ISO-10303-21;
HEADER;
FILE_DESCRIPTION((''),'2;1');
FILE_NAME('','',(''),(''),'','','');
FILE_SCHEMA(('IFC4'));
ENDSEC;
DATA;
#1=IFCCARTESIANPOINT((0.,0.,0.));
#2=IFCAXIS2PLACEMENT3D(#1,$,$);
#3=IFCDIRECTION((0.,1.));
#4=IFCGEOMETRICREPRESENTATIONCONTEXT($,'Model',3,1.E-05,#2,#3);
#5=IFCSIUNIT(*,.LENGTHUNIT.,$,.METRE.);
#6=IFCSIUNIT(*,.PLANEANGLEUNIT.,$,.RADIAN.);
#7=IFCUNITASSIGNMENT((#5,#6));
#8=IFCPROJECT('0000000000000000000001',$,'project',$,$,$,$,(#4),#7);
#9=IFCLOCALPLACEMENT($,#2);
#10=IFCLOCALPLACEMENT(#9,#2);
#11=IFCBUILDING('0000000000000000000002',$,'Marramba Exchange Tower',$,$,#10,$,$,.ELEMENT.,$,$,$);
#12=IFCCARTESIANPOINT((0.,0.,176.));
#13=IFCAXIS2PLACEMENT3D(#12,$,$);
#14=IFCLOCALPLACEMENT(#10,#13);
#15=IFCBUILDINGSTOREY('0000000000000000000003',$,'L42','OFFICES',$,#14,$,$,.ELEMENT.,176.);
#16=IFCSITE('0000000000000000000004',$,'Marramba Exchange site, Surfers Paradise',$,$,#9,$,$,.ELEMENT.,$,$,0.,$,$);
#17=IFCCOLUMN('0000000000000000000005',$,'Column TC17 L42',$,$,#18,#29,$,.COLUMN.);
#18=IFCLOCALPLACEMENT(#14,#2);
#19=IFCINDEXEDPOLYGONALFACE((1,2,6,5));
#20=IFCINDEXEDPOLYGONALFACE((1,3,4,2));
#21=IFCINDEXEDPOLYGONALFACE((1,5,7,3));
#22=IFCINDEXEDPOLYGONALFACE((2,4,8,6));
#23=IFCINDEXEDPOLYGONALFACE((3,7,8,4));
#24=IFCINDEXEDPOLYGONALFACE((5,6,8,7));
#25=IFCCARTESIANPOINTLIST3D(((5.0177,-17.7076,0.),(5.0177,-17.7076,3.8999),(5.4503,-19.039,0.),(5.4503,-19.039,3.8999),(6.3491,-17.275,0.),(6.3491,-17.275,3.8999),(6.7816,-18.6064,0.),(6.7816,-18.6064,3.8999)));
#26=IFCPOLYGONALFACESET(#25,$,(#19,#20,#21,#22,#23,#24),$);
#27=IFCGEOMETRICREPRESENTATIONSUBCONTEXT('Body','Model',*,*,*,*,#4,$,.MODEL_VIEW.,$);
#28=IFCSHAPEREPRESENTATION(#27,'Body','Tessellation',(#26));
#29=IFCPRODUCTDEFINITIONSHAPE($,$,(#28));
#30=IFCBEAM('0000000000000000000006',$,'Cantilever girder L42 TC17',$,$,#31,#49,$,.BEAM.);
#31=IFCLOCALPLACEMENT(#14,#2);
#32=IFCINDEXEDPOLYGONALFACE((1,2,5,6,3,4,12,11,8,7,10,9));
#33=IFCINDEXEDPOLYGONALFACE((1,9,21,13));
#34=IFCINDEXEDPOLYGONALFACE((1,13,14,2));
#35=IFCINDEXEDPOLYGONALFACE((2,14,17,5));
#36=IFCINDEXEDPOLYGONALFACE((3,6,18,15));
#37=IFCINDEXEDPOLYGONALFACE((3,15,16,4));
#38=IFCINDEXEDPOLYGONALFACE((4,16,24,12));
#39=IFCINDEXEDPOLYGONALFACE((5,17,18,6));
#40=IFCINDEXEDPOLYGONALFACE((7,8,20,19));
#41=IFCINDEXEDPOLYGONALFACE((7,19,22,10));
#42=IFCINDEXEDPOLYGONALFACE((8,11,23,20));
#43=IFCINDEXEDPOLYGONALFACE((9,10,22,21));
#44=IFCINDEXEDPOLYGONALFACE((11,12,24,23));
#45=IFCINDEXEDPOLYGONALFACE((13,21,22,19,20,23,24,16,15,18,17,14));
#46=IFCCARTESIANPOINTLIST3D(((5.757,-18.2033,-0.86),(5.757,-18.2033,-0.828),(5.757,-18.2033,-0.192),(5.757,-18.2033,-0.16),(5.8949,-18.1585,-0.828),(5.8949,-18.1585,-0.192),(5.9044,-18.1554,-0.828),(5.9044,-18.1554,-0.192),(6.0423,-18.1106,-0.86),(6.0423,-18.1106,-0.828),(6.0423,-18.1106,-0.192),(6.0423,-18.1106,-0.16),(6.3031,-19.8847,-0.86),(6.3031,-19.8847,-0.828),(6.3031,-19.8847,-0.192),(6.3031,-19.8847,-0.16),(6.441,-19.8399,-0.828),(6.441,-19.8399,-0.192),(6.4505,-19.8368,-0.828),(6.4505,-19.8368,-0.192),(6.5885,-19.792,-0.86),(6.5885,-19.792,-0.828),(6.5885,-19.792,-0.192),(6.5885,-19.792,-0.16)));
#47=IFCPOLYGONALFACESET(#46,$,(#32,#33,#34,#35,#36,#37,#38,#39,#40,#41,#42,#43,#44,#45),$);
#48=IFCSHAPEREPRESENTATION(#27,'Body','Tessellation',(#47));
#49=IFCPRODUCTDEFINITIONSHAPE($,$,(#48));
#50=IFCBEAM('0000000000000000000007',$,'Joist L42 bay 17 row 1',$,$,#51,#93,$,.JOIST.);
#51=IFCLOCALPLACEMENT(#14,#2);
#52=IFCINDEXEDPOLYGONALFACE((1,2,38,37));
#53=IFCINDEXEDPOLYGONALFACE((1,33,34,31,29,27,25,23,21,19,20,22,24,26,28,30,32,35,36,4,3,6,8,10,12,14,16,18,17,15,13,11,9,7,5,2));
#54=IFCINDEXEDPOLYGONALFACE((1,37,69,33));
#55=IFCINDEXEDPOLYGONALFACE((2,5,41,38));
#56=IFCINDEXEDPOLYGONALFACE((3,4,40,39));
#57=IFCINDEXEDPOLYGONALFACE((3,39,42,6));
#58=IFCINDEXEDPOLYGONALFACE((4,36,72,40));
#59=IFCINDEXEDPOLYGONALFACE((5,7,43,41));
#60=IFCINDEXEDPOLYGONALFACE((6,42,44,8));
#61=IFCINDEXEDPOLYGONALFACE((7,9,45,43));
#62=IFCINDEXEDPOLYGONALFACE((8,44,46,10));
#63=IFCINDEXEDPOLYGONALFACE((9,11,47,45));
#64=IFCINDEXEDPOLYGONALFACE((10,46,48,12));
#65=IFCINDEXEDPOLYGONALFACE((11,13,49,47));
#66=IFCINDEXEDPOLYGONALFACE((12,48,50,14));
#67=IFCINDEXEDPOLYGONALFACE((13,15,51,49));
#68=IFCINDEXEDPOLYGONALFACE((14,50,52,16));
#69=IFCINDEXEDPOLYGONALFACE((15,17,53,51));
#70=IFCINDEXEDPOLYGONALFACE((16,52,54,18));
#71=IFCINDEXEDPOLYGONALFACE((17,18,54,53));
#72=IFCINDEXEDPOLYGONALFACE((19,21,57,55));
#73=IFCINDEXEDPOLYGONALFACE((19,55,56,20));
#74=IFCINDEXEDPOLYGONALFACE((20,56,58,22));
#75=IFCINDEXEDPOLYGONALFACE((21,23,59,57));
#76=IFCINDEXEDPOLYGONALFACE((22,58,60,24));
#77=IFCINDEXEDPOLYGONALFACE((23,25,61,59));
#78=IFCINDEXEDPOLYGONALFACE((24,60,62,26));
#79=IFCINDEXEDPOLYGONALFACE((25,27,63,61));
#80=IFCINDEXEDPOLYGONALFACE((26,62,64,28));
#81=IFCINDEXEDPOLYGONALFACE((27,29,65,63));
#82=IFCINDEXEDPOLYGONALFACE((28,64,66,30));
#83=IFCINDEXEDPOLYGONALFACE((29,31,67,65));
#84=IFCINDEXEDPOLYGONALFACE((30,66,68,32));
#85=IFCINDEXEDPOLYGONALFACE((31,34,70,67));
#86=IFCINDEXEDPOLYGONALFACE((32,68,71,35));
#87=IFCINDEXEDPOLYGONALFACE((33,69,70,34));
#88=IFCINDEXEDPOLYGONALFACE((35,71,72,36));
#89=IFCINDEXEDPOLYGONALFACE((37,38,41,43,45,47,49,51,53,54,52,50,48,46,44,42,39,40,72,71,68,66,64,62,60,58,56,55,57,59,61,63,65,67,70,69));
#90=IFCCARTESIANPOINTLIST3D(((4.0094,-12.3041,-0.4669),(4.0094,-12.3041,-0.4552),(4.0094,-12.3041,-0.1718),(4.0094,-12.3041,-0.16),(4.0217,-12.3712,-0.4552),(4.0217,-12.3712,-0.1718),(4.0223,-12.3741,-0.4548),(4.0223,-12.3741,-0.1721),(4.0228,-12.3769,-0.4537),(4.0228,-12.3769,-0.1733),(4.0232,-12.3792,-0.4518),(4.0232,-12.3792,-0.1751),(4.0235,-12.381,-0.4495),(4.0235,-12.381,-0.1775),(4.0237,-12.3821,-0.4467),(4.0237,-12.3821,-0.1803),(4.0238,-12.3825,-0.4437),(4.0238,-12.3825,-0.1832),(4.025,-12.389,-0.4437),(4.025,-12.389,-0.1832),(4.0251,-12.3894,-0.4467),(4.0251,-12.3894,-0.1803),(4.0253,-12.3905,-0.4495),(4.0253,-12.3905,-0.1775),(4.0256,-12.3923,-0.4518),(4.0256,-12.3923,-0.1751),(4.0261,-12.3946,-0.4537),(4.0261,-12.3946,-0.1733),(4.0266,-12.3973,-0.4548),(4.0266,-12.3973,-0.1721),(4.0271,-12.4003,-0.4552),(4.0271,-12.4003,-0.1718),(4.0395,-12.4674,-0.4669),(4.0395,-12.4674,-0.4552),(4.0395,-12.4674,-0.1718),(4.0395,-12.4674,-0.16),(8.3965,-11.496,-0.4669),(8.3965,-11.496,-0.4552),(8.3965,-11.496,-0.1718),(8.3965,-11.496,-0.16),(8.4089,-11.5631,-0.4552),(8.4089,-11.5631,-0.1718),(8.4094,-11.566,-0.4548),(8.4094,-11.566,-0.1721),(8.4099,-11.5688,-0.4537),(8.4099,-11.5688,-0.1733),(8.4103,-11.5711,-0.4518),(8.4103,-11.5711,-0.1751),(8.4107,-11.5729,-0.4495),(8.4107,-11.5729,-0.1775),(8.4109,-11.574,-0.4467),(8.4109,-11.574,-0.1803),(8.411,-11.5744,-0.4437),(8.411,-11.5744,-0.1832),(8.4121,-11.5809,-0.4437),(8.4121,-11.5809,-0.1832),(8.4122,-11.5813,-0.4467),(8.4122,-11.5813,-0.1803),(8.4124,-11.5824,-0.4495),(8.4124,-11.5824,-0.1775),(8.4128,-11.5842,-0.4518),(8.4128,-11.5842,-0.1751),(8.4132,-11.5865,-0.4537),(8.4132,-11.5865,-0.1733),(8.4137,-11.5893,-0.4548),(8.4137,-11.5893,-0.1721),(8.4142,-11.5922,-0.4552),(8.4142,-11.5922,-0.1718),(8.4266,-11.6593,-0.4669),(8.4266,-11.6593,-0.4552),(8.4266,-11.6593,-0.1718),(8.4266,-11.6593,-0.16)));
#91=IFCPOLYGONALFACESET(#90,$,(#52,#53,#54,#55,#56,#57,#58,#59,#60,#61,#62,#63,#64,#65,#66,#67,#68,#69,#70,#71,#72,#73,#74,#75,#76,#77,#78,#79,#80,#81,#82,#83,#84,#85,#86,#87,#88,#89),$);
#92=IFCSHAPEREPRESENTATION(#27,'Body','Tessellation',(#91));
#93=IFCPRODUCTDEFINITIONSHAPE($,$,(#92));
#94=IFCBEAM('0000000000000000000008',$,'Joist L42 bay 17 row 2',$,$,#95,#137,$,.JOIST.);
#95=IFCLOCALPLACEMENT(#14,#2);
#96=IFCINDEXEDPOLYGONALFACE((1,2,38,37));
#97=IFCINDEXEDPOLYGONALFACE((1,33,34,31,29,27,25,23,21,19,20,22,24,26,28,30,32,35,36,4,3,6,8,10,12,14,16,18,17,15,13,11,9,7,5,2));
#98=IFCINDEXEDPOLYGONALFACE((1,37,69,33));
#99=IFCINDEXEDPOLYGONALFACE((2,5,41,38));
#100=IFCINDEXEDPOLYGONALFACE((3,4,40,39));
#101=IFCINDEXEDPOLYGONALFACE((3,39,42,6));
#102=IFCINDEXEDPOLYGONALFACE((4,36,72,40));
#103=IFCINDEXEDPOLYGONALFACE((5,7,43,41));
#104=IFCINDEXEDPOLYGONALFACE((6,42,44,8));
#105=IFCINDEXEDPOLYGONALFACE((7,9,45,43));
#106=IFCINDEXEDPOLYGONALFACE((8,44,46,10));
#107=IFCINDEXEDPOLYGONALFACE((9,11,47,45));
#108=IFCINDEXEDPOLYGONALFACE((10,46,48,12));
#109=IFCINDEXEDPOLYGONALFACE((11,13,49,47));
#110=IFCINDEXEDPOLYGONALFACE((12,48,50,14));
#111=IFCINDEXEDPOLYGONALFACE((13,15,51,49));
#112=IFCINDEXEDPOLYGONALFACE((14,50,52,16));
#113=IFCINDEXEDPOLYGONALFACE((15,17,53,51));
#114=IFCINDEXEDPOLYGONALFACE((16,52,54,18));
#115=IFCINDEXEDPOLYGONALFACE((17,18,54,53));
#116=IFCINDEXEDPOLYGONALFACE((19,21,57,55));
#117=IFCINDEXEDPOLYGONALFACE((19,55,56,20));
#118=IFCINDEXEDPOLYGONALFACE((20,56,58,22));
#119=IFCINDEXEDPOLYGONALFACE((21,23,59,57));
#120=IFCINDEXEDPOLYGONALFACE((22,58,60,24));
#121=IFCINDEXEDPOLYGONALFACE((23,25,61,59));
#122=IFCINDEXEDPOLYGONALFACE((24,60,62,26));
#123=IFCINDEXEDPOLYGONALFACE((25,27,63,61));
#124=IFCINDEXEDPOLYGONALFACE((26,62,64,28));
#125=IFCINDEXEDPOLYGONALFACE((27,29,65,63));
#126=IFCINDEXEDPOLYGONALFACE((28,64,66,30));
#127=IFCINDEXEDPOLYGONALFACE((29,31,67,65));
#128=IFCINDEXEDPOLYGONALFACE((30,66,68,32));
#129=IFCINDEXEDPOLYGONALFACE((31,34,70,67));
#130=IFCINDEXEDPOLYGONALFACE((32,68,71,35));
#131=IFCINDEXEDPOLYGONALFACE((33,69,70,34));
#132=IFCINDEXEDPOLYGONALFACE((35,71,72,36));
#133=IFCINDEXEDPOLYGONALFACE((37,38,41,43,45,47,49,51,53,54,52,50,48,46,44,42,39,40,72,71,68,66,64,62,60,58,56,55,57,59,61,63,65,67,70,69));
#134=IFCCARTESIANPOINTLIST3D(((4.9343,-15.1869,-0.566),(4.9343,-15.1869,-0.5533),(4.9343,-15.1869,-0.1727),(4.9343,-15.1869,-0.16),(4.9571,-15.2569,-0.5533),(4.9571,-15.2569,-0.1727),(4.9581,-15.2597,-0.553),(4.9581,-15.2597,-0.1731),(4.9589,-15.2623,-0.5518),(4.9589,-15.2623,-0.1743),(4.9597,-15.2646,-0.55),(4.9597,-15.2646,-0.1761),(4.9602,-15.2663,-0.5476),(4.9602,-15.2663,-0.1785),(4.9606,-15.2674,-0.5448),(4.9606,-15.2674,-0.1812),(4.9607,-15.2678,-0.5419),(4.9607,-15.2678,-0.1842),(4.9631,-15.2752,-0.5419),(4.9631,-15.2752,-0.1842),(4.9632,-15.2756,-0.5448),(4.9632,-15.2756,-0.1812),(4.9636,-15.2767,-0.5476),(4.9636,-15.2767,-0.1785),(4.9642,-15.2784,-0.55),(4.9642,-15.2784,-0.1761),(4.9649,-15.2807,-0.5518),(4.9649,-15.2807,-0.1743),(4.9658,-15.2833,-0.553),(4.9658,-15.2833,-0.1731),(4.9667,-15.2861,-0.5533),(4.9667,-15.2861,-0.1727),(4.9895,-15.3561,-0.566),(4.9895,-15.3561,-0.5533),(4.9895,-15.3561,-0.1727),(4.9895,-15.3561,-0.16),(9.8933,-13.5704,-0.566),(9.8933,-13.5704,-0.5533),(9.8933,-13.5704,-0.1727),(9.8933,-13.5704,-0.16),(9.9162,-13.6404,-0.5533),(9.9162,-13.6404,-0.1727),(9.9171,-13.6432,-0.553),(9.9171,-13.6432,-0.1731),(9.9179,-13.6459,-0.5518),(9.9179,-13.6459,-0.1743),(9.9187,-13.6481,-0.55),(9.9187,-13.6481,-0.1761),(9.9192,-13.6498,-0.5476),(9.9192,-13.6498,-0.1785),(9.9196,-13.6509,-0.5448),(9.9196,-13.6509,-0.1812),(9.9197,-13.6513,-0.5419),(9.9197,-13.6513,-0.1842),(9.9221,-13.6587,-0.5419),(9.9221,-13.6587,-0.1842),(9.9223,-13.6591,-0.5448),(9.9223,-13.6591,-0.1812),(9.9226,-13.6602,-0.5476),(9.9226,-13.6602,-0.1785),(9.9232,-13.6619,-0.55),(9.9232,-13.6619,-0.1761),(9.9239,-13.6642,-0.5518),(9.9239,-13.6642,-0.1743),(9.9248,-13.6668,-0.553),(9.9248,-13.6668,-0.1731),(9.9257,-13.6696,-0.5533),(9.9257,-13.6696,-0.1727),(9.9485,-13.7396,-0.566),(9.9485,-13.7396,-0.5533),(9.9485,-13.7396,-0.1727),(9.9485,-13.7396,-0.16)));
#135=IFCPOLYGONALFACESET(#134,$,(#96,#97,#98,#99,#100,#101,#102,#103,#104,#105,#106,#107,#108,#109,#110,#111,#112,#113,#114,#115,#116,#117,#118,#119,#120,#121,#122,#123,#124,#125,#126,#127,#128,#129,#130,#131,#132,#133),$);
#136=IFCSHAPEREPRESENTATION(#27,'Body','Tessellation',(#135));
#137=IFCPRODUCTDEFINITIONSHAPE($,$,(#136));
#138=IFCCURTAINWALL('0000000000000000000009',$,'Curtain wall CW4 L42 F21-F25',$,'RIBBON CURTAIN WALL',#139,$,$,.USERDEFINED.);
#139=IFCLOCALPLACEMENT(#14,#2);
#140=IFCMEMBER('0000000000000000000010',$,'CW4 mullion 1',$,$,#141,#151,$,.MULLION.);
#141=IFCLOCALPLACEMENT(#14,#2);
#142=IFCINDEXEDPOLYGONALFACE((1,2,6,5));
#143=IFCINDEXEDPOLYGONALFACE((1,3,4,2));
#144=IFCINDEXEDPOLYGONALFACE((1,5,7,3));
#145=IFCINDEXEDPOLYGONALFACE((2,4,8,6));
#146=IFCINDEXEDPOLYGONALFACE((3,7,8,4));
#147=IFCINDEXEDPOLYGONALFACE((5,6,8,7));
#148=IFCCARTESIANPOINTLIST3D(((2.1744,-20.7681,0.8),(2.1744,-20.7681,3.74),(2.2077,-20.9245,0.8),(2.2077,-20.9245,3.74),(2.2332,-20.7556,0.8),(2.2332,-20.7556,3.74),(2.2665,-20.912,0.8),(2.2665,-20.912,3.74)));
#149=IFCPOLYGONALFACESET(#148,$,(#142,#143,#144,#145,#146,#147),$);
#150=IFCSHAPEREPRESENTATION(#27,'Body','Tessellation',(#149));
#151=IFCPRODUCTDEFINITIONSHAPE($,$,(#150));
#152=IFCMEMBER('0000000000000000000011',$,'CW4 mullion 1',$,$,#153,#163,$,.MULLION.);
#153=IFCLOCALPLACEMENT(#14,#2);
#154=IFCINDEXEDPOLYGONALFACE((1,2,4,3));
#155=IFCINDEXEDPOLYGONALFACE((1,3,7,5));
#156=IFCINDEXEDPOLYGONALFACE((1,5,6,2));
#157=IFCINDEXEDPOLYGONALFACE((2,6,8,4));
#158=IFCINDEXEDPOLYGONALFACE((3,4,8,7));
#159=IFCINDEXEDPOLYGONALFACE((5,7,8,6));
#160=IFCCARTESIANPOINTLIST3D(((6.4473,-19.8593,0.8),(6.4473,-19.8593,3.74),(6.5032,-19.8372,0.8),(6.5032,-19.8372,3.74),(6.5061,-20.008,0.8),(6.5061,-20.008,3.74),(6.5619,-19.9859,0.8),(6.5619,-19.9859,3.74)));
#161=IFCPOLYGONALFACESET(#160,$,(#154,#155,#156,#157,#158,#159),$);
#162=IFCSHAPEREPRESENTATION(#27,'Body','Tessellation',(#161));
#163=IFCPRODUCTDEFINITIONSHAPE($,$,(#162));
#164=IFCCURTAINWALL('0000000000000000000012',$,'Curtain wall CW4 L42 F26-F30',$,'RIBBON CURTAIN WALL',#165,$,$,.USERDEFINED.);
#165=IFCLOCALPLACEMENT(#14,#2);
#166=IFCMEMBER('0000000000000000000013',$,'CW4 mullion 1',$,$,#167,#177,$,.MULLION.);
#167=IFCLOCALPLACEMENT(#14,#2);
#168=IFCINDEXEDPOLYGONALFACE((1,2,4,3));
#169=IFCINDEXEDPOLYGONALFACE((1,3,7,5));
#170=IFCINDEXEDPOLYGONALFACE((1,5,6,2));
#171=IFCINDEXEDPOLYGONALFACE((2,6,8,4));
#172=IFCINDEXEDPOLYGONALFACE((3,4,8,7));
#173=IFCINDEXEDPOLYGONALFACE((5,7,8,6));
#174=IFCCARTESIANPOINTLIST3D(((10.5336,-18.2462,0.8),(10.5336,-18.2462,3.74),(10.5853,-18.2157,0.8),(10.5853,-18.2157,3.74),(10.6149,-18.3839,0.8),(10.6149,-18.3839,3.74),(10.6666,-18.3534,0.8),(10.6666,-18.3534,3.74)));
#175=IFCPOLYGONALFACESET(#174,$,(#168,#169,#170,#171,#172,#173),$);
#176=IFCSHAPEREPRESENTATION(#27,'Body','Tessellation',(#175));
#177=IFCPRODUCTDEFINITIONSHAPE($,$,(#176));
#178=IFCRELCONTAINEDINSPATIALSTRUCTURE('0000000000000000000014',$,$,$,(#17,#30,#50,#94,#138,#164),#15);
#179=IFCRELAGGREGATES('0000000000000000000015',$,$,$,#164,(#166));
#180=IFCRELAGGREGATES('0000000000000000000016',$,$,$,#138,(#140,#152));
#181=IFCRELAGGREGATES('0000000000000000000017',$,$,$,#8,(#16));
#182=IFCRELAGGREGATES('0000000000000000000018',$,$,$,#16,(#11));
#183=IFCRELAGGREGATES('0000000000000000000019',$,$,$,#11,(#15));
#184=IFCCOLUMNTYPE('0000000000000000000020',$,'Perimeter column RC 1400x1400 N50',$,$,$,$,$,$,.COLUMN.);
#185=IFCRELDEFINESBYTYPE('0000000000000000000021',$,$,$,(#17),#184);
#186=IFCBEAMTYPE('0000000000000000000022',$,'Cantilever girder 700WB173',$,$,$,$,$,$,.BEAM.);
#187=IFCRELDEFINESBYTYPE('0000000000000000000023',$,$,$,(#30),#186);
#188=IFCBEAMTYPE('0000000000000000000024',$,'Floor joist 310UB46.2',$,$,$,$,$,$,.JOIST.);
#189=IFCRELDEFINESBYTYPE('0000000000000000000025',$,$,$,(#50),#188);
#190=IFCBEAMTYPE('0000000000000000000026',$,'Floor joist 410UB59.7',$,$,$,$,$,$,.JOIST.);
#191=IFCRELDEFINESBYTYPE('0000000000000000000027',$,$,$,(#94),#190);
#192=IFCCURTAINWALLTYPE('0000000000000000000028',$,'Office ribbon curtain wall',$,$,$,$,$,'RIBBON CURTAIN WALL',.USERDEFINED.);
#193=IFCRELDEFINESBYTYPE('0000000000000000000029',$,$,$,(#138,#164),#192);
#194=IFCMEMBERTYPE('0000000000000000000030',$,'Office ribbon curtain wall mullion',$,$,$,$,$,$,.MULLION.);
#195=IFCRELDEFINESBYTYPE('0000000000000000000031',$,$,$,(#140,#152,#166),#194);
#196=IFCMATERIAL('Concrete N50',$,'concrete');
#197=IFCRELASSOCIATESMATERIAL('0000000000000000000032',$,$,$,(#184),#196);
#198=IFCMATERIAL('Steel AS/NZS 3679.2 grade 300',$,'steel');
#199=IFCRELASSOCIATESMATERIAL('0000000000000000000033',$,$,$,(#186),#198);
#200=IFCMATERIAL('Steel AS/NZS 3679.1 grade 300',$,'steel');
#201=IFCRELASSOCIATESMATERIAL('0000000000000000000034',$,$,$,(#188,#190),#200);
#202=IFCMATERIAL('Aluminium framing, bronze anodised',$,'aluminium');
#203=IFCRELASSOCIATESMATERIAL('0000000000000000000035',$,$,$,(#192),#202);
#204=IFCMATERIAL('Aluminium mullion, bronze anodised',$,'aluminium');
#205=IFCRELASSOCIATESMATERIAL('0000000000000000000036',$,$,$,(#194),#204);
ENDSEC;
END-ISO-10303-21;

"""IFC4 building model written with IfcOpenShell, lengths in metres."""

from ifc_helpers import new_model, si_unit, direction, frame, origin, origin_2d, place, context, subcontext, project, spatial, rectangle, i_section, extrude, material, material_profile, profile_set, type_object, element, aggregate, save


model = new_model("IFC4")

# Units and contexts
model_context = context("Model", 3, precision=1e-05, world=origin(), true_north=direction((0.0, 1.0)))
body_context = subcontext(model_context, "Body", "Model", "MODEL_VIEW")
ifc_project = project(units=[si_unit("LENGTHUNIT", "METRE"), si_unit("PLANEANGLEUNIT", "RADIAN")], contexts=[model_context])

# Site, building, storey
site_placement = place(None, origin())
site = spatial("IfcSite", under=ifc_project, at=site_placement, Name="Marramba Exchange site, Surfers Paradise", CompositionType="ELEMENT", RefElevation=0.0)
building_placement = place(site_placement, origin())
building = spatial("IfcBuilding", under=site, at=building_placement, Name="Marramba Exchange Tower", CompositionType="ELEMENT")
storey_placement = place(building_placement, frame((0.0, 0.0, 176.0)))
storey = spatial("IfcBuildingStorey", under=building, at=storey_placement, Name="L42", Description="OFFICES", CompositionType="ELEMENT", Elevation=176.0)

# Column
ifc_material_1 = material(Name="Concrete N50", Category="concrete")
ifc_material_profile_1 = material_profile(ifc_material_1, rectangle(XDim=1.3999, YDim=1.3999, at=origin_2d()), Name="RC 1400x1400")
ifc_profile_set_1 = profile_set([ifc_material_profile_1], Name="Concrete N50")
column_type = type_object("IfcColumnType", Name="Perimeter column RC 1400x1400 N50", PredefinedType="COLUMN", material=ifc_profile_set_1)
column_placement = place(storey_placement, frame((5.8997, -18.157, 0.0), z_axis=(0.0, 0.0, 1.0), x_axis=(0.309017, -0.951057, 0.0)))
element("IfcColumn", 1, at=column_placement, inside=storey, type_object=column_type, Name="Column TC17 L42", PredefinedType="COLUMN", context=body_context, shape_type="SweptSolid", body=[
    extrude(rectangle(XDim=1.3999, YDim=1.3999, at=origin_2d()), origin(), (0.0, 0.0, 1.0), 3.8999),
])

# Beams
ifc_material_2 = material(Name="Steel AS/NZS 3679.2 grade 300", Category="steel")
ifc_material_profile_2 = material_profile(ifc_material_2, i_section(OverallWidth=0.3, OverallDepth=0.7, WebThickness=0.01, FlangeThickness=0.032, at=origin_2d()), Name="700WB173")
ifc_profile_set_2 = profile_set([ifc_material_profile_2], Name="Steel AS/NZS 3679.2 grade 300")
beam_type_1 = type_object("IfcBeamType", Name="Cantilever girder 700WB173", PredefinedType="BEAM", material=ifc_profile_set_2)
beam_1_placement = place(storey_placement, frame((5.8997, -18.157, -0.51), z_axis=(0.308927, -0.951086, 0.0), x_axis=(0.951086, 0.308927, 0.0)))
element("IfcBeam", 2, at=beam_1_placement, inside=storey, type_object=beam_type_1, Name="Cantilever girder L42 TC17", PredefinedType="BEAM", context=body_context, shape_type="SweptSolid", body=[
    extrude(i_section(OverallWidth=0.3, OverallDepth=0.7, WebThickness=0.01, FlangeThickness=0.032, at=origin_2d()), origin(), (0.0, 0.0, 1.0), 1.7678),
])
ifc_material_3 = material(Name="Steel AS/NZS 3679.1 grade 300", Category="steel")
ifc_material_profile_3 = material_profile(ifc_material_3, i_section(OverallWidth=0.166, OverallDepth=0.3069, WebThickness=0.0066, FlangeThickness=0.0117, FilletRadius=0.0115, at=origin_2d()), Name="310UB46.2")
ifc_profile_set_3 = profile_set([ifc_material_profile_3], Name="Steel AS/NZS 3679.1 grade 300")
beam_type_2 = type_object("IfcBeamType", Name="Floor joist 310UB46.2", PredefinedType="JOIST", material=ifc_profile_set_3)
beam_2_placement = place(storey_placement, frame((4.0244, -12.3857, -0.3135), z_axis=(0.983456, 0.181149, 0.0), x_axis=(-0.181149, 0.983456, 0.0)))
element("IfcBeam", 3, at=beam_2_placement, inside=storey, type_object=beam_type_2, Name="Joist L42 bay 17 row 1", PredefinedType="JOIST", context=body_context, shape_type="SweptSolid", body=[
    extrude(i_section(OverallWidth=0.166, OverallDepth=0.3069, WebThickness=0.0066, FlangeThickness=0.0117, FilletRadius=0.0115, at=origin_2d()), origin(), (0.0, 0.0, 1.0), 4.4609),
])
ifc_material_profile_4 = material_profile(ifc_material_3, i_section(OverallWidth=0.178, OverallDepth=0.406, WebThickness=0.0078, FlangeThickness=0.0127, FilletRadius=0.0115, at=origin_2d()), Name="410UB59.7")
ifc_profile_set_4 = profile_set([ifc_material_profile_4], Name="Steel AS/NZS 3679.1 grade 300")
beam_type_3 = type_object("IfcBeamType", Name="Floor joist 410UB59.7", PredefinedType="JOIST", material=ifc_profile_set_4)
beam_3_placement = place(storey_placement, frame((4.9619, -15.2715, -0.363), z_axis=(0.950764, 0.309916, 0.0), x_axis=(-0.309916, 0.950764, 0.0)))
element("IfcBeam", 4, at=beam_3_placement, inside=storey, type_object=beam_type_3, Name="Joist L42 bay 17 row 2", PredefinedType="JOIST", context=body_context, shape_type="SweptSolid", body=[
    extrude(i_section(OverallWidth=0.178, OverallDepth=0.406, WebThickness=0.0078, FlangeThickness=0.0127, FilletRadius=0.0115, at=origin_2d()), origin(), (0.0, 0.0, 1.0), 5.2158),
])

# Curtain wall, members
ifc_material_4 = material(Name="Aluminium framing, bronze anodised", Category="aluminium")
curtain_wall_type = type_object("IfcCurtainWallType", Name="Office ribbon curtain wall", ElementType="RIBBON CURTAIN WALL", PredefinedType="USERDEFINED", material=ifc_material_4)
curtain_wall_1_placement = place(storey_placement, origin())
curtain_wall_1 = element("IfcCurtainWall", 5, at=curtain_wall_1_placement, inside=storey, type_object=curtain_wall_type, Name="Curtain wall CW4 L42 F21-F25", ObjectType="RIBBON CURTAIN WALL", PredefinedType="USERDEFINED")
ifc_material_5 = material(Name="Aluminium mullion, bronze anodised", Category="aluminium")
ifc_material_profile_5 = material_profile(ifc_material_5, rectangle(XDim=0.1599, YDim=0.0601, at=origin_2d()), Name="CW4 mullion 60x160")
ifc_profile_set_5 = profile_set([ifc_material_profile_5], Name="Aluminium mullion, bronze anodised")
member_type_1 = type_object("IfcMemberType", Name="Office ribbon curtain wall mullion", PredefinedType="MULLION", material=ifc_profile_set_5)
member_1_placement = place(storey_placement, frame((2.2205, -20.8401, 0.8), z_axis=(0.0, 0.0, 1.0), x_axis=(-0.208332, 0.978058, 0.0)))
member_1 = element("IfcMember", 6, at=member_1_placement, type_object=member_type_1, Name="CW4 mullion 1", PredefinedType="MULLION", context=body_context, shape_type="SweptSolid", body=[
    extrude(rectangle(XDim=0.1599, YDim=0.0601, at=origin_2d()), origin(), (0.0, 0.0, 1.0), 2.9399),
])
member_2_placement = place(storey_placement, frame((6.5046, -19.9226, 0.8), z_axis=(0.0, 0.0, 1.0), x_axis=(-0.367375, 0.930073, 0.0)))
member_2 = element("IfcMember", 7, at=member_2_placement, type_object=member_type_1, Name="CW4 mullion 1", PredefinedType="MULLION", context=body_context, shape_type="SweptSolid", body=[
    extrude(rectangle(XDim=0.1599, YDim=0.0601, at=origin_2d()), origin(), (0.0, 0.0, 1.0), 2.9399),
])

# Curtain wall, member
curtain_wall_2_placement = place(storey_placement, origin())
curtain_wall_2 = element("IfcCurtainWall", 8, at=curtain_wall_2_placement, inside=storey, type_object=curtain_wall_type, Name="Curtain wall CW4 L42 F26-F30", ObjectType="RIBBON CURTAIN WALL", PredefinedType="USERDEFINED")
member_3_placement = place(storey_placement, frame((10.6001, -18.2998, 0.8), z_axis=(0.0, 0.0, 1.0), x_axis=(-0.508011, 0.861351, 0.0)))
member_3 = element("IfcMember", 9, at=member_3_placement, type_object=member_type_1, Name="CW4 mullion 1", PredefinedType="MULLION", context=body_context, shape_type="SweptSolid", body=[
    extrude(rectangle(XDim=0.1599, YDim=0.0601, at=origin_2d()), origin(), (0.0, 0.0, 1.0), 2.9399),
])
aggregate(curtain_wall_2, [member_3])

aggregate(curtain_wall_1, [member_1, member_2])

save(model, "model.ifc")
